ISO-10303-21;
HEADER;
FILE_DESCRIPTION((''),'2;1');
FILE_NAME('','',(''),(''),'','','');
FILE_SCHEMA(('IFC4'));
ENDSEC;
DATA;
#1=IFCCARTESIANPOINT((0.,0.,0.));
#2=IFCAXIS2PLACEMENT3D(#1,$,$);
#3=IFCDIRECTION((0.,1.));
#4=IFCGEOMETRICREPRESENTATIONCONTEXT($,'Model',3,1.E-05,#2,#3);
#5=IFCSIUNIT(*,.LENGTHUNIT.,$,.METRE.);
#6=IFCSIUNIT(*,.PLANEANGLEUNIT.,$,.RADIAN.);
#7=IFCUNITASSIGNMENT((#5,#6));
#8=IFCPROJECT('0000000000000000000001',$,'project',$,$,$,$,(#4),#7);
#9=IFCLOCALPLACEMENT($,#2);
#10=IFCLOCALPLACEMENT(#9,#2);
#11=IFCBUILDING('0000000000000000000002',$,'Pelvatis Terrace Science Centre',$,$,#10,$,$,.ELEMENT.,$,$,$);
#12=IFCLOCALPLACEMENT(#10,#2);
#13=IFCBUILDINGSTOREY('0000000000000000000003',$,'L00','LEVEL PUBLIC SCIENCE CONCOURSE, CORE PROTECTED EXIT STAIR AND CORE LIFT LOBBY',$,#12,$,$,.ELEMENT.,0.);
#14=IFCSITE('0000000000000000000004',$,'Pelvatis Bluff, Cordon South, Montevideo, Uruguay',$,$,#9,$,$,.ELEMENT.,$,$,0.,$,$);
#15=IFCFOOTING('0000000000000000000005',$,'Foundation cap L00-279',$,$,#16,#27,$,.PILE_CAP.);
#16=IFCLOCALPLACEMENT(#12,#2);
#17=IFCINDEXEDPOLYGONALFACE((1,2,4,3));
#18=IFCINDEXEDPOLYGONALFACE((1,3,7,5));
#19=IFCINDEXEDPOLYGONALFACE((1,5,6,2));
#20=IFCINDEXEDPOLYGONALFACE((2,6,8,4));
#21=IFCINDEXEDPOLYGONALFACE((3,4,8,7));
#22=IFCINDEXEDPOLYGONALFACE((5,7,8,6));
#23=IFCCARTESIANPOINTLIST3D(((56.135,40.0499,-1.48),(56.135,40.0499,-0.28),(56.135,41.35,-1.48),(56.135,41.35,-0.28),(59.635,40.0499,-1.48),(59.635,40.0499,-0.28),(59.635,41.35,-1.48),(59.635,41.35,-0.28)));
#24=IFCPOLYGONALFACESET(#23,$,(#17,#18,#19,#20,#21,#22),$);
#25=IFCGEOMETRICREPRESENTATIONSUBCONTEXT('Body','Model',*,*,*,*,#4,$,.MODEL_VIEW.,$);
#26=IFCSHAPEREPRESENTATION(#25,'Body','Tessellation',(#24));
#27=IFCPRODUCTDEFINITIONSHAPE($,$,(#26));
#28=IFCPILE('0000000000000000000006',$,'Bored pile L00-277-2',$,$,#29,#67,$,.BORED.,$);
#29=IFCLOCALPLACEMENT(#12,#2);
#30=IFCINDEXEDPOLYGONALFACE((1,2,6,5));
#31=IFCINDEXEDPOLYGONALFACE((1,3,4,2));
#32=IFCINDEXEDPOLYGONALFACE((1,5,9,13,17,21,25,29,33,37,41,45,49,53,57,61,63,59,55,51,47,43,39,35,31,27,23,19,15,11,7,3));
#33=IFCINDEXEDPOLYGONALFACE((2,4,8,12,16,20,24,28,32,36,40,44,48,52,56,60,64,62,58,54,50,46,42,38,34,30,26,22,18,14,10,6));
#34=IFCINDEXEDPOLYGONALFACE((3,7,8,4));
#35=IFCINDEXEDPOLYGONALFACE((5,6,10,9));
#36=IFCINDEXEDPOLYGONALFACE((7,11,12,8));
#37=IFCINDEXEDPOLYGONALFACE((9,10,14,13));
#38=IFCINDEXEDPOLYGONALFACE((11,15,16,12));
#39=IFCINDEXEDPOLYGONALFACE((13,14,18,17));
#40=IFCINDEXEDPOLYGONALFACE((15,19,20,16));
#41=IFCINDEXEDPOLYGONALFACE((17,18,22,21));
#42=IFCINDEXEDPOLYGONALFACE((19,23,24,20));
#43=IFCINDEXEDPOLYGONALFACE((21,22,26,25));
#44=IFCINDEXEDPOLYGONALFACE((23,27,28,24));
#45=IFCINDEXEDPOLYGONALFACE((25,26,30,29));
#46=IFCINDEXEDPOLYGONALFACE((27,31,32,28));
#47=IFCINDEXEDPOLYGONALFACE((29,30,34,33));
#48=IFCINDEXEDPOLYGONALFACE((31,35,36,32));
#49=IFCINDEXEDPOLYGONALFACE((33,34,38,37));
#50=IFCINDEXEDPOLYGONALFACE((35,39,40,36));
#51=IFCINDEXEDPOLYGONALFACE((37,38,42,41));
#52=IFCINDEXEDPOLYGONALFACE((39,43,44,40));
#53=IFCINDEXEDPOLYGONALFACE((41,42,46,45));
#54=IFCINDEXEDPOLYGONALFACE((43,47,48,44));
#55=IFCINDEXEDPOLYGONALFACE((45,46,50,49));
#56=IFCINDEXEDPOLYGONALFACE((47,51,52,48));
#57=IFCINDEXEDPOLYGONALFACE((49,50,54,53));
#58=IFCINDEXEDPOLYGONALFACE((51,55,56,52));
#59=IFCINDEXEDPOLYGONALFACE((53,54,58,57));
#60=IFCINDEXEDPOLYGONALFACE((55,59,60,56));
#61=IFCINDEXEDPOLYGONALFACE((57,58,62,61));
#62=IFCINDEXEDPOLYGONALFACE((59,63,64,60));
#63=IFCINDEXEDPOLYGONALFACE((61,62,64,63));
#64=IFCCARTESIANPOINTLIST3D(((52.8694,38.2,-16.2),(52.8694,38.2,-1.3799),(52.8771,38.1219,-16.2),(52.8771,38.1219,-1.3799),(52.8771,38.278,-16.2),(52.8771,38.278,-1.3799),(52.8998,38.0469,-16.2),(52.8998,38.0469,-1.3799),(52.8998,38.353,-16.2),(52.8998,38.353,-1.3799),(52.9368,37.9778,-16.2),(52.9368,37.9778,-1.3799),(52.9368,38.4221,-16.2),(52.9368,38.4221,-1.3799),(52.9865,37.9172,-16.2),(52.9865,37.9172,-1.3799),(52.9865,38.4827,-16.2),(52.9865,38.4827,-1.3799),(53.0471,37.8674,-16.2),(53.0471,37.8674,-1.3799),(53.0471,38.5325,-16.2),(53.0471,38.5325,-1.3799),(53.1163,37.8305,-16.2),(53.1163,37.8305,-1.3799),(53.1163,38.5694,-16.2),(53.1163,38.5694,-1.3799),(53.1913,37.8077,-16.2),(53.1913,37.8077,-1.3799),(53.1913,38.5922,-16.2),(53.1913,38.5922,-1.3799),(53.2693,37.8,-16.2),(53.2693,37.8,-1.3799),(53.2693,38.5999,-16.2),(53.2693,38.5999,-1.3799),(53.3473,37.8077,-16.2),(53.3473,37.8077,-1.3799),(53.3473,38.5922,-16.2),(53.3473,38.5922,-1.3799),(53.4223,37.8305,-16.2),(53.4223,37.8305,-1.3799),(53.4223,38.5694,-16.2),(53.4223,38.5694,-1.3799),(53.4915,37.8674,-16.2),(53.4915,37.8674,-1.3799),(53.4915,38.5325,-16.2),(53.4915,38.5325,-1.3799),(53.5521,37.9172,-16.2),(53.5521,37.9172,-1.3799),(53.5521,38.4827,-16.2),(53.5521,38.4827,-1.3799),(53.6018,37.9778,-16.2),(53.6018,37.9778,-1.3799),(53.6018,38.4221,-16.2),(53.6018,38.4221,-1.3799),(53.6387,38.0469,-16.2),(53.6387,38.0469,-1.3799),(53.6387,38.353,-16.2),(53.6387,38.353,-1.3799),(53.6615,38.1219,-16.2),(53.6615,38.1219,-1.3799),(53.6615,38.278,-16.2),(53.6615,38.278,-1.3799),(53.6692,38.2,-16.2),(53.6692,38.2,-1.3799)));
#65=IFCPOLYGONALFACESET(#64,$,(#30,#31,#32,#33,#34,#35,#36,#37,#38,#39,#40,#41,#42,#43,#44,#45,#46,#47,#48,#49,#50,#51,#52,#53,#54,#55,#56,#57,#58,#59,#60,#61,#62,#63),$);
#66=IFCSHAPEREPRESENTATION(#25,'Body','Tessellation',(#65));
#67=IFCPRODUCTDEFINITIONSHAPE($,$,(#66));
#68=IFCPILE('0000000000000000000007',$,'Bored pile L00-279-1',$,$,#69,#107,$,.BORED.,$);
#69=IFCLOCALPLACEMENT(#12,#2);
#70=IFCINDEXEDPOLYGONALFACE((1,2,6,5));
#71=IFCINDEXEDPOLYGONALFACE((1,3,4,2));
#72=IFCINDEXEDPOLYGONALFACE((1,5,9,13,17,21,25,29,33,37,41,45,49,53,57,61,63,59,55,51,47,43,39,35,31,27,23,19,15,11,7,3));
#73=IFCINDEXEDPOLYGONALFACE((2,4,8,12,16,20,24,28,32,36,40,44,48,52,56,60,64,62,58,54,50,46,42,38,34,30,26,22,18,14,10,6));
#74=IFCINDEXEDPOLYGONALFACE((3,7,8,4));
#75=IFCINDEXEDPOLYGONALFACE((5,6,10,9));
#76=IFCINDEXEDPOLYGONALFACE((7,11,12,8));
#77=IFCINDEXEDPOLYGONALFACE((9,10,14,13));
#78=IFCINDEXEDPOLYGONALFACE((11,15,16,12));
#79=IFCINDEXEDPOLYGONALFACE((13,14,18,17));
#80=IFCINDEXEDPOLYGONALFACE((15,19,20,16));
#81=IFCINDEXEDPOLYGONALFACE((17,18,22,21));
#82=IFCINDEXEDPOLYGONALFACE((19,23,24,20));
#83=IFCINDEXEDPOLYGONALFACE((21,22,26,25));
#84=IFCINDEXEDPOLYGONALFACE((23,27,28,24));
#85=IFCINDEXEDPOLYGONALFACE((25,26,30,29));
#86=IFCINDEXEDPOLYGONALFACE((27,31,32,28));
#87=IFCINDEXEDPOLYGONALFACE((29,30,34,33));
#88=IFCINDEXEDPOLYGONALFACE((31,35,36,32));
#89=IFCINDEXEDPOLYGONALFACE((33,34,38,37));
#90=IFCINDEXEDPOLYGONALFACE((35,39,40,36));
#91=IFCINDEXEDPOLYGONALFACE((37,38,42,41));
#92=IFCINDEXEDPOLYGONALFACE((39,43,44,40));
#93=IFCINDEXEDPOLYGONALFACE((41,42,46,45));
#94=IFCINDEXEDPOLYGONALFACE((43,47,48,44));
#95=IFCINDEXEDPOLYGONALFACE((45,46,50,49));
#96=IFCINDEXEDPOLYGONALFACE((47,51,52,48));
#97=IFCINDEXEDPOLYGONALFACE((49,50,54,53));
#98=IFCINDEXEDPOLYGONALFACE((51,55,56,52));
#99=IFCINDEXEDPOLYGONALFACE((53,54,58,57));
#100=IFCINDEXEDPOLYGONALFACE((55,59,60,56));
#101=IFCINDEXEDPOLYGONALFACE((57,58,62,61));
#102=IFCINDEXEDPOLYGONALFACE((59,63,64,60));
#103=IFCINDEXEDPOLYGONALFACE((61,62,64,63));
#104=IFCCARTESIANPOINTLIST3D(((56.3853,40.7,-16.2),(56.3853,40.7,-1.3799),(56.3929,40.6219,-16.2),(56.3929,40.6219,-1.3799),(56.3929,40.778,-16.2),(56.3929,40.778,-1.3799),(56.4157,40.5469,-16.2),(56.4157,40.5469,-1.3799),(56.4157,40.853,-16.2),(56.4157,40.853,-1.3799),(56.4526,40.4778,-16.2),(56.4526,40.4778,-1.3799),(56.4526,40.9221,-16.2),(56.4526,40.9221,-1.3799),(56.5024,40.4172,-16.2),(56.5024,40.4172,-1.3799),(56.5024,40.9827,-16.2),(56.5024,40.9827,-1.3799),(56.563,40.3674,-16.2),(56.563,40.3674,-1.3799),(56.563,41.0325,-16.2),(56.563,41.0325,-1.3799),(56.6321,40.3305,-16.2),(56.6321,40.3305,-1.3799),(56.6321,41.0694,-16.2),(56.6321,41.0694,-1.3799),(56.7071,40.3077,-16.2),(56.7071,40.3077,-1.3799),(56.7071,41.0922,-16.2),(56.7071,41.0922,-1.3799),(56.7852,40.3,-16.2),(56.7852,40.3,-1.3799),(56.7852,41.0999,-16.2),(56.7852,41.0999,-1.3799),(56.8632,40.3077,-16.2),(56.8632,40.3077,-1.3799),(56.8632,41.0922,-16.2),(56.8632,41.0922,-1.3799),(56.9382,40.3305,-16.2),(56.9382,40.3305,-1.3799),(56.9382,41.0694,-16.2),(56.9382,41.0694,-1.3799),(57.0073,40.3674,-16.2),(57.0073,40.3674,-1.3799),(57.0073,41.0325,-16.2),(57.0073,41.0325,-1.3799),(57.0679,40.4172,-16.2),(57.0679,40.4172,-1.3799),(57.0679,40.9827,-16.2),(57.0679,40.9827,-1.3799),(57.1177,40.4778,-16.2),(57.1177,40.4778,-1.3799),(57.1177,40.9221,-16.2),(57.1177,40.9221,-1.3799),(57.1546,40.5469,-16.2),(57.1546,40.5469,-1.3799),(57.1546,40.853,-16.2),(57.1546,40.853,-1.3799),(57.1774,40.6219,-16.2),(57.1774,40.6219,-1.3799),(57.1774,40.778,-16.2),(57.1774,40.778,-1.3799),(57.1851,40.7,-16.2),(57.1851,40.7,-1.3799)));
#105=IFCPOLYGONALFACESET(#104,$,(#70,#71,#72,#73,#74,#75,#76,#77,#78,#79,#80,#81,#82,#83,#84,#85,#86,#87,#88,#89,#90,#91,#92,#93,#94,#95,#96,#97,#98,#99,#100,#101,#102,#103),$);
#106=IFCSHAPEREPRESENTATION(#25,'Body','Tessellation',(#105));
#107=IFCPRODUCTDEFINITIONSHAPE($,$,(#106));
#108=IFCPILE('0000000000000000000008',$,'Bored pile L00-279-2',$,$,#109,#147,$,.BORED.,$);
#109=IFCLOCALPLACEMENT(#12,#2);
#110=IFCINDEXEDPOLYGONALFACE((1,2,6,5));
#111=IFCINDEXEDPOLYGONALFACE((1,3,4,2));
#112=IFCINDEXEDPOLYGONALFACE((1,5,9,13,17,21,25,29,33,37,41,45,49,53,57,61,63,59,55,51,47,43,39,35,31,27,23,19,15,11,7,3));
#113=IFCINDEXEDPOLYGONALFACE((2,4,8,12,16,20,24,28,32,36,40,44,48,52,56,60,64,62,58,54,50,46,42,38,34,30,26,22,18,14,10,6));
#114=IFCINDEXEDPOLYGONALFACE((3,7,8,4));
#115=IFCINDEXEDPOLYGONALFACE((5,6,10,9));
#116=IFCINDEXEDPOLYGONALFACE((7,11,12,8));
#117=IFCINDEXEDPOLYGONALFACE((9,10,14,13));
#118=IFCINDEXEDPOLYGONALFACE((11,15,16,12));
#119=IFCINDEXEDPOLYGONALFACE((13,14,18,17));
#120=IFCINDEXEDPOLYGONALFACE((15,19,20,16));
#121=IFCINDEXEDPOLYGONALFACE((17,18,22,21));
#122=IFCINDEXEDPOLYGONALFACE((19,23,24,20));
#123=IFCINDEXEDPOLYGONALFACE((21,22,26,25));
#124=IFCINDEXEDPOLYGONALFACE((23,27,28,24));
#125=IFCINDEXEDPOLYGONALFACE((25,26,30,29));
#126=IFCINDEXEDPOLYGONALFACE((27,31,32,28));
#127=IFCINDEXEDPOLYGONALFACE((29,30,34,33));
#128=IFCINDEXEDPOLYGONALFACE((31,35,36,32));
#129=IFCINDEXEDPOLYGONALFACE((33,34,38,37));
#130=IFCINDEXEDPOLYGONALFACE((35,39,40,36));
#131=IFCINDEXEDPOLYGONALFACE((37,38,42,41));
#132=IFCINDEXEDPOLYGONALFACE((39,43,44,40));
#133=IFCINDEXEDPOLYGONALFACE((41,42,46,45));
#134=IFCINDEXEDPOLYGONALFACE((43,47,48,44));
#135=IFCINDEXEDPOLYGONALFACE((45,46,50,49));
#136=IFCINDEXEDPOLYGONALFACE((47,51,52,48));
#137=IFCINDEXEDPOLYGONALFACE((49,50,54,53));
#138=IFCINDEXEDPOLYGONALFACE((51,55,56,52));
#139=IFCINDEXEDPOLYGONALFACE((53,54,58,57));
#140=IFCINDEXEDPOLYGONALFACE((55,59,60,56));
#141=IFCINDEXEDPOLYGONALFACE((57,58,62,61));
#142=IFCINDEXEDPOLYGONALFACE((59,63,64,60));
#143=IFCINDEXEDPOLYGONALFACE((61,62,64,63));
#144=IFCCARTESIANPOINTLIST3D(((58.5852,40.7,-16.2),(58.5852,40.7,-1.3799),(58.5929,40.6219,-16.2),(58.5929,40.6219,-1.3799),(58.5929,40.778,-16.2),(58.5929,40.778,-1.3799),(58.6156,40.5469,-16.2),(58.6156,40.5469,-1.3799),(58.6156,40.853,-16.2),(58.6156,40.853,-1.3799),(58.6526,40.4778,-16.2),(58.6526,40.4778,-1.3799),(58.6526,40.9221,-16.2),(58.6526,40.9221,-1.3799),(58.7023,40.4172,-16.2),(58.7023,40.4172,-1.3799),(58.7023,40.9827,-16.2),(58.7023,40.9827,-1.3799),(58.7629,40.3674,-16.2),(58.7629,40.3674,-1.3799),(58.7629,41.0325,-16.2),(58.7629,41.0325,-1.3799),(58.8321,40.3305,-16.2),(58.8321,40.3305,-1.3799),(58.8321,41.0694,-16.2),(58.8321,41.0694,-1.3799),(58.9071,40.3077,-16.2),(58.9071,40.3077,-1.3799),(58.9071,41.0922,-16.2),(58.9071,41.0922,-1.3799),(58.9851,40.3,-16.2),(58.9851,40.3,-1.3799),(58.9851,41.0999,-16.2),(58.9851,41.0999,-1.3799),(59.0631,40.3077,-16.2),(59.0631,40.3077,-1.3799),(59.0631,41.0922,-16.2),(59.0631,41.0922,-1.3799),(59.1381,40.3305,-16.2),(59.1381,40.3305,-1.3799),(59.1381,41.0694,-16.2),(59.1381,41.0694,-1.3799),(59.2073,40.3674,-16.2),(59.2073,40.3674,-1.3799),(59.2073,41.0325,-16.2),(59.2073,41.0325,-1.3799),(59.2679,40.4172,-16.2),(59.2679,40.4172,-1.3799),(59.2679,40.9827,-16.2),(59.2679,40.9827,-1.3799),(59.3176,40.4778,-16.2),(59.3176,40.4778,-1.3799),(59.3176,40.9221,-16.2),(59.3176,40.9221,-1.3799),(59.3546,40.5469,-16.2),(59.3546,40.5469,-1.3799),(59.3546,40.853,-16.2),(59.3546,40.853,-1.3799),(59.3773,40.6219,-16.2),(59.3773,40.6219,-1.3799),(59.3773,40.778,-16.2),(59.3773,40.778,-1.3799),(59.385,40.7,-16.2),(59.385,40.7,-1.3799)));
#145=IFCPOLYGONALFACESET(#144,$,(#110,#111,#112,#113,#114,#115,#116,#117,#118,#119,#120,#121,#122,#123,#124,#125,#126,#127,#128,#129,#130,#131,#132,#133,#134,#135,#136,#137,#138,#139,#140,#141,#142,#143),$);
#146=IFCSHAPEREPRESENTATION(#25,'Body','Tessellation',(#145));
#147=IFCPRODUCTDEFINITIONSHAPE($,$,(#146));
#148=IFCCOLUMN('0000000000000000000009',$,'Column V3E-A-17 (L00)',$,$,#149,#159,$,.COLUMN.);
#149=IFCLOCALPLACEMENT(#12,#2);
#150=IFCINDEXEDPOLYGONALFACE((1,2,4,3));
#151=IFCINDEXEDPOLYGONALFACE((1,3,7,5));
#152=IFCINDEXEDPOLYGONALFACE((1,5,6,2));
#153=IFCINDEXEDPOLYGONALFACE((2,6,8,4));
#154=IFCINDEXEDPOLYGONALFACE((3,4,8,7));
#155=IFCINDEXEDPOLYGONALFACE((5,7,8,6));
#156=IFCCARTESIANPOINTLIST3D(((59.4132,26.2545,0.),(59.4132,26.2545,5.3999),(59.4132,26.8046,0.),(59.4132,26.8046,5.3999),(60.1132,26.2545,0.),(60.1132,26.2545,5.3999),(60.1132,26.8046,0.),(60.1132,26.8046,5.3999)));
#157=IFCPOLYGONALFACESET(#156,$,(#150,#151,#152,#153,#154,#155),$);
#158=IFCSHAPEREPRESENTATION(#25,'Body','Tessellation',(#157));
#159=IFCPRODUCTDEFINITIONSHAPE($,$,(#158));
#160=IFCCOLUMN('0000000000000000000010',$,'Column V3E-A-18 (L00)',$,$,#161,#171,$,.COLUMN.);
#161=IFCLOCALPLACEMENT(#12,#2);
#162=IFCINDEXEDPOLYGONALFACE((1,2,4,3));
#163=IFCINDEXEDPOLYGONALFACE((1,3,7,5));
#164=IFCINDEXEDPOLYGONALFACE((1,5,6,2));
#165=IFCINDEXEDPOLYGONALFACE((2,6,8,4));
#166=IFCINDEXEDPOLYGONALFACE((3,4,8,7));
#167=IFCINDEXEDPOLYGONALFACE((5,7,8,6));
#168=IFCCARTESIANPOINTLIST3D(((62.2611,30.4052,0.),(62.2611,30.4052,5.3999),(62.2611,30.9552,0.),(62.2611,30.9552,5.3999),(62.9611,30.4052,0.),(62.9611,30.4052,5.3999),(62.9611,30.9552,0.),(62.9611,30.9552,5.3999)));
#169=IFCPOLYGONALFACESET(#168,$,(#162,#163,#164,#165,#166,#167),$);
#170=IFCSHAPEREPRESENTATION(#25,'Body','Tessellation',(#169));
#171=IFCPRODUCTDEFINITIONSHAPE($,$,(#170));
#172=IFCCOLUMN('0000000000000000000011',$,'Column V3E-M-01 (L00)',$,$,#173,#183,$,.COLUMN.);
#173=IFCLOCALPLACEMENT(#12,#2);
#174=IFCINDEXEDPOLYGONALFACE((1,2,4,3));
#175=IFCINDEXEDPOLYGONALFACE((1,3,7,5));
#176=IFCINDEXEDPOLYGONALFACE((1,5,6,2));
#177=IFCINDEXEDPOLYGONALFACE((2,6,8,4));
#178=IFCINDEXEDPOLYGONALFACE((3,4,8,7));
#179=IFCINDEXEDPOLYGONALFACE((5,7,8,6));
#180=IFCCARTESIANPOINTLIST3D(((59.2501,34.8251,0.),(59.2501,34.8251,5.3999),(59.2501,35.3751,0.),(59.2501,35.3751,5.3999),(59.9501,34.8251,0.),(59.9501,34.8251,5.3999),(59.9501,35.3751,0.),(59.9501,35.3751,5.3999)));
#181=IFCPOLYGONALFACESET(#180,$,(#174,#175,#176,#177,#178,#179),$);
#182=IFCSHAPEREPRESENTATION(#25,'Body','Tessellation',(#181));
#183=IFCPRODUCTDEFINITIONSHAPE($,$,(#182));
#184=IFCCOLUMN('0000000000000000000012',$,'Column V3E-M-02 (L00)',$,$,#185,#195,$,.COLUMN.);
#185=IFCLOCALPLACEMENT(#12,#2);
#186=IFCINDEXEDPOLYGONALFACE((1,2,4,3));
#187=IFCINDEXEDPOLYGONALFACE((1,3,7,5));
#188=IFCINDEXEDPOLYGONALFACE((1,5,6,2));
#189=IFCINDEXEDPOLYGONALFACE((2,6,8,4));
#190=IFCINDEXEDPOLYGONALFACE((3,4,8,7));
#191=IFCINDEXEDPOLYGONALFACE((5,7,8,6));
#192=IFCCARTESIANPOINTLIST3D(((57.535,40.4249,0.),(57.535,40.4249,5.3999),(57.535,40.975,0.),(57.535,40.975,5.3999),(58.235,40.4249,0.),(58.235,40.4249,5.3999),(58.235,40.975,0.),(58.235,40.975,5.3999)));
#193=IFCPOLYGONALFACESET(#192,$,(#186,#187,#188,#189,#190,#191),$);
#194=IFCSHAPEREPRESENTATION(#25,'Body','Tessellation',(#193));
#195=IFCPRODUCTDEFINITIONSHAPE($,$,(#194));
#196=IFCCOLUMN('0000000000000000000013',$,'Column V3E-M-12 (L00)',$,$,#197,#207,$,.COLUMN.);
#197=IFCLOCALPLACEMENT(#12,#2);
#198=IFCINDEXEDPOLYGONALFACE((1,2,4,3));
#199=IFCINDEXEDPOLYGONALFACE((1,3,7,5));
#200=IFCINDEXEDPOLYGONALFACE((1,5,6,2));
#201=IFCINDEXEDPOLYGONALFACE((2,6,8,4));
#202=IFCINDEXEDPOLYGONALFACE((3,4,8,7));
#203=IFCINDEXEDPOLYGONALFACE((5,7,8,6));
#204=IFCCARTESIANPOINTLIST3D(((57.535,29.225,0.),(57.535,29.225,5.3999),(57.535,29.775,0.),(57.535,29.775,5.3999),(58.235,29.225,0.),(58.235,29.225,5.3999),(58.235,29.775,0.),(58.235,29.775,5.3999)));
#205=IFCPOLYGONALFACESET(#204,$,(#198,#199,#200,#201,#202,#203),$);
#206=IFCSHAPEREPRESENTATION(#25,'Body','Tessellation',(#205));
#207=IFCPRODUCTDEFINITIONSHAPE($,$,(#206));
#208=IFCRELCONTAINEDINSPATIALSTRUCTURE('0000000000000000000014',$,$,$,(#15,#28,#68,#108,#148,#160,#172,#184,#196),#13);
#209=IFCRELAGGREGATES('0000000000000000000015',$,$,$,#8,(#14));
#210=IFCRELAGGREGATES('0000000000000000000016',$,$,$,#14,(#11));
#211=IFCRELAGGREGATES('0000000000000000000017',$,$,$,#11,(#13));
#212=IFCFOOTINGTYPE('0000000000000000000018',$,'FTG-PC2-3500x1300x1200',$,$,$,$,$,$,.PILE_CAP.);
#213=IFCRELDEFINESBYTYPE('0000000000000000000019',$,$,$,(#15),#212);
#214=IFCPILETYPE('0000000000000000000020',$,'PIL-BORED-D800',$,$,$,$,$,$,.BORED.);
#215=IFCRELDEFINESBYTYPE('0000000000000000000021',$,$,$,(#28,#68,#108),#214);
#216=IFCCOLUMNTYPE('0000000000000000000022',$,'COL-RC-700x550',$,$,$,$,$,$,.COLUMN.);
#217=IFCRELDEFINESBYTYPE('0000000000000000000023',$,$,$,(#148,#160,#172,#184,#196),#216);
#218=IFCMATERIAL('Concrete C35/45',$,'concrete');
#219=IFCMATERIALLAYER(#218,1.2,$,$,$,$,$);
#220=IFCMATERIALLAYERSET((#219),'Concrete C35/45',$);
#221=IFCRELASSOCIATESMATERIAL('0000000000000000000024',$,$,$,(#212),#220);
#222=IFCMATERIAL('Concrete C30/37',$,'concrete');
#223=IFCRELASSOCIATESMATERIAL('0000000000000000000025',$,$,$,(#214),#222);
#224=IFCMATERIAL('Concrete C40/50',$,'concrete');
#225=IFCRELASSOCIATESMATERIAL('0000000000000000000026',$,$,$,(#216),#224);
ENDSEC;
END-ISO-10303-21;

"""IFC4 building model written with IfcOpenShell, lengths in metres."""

from ifc_helpers import new_model, si_unit, direction, frame, origin, origin_2d, place, context, subcontext, project, spatial, rectangle, circle, extrude, material, layer, layer_set, material_profile, profile_set, type_object, element, save


model = new_model("IFC4")

# Units and contexts
model_context = context("Model", 3, precision=1e-05, world=origin(), true_north=direction((0.0, 1.0)))
body_context = subcontext(model_context, "Body", "Model", "MODEL_VIEW")
ifc_project = project(units=[si_unit("LENGTHUNIT", "METRE"), si_unit("PLANEANGLEUNIT", "RADIAN")], contexts=[model_context])

# Site, building, storey
site_placement = place(None, origin())
site = spatial("IfcSite", under=ifc_project, at=site_placement, Name="Pelvatis Bluff, Cordon South, Montevideo, Uruguay", CompositionType="ELEMENT", RefElevation=0.0)
building_placement = place(site_placement, origin())
building = spatial("IfcBuilding", under=site, at=building_placement, Name="Pelvatis Terrace Science Centre", CompositionType="ELEMENT")
storey_placement = place(building_placement, origin())
storey = spatial("IfcBuildingStorey", under=building, at=storey_placement, Name="L00", Description="LEVEL PUBLIC SCIENCE CONCOURSE, CORE PROTECTED EXIT STAIR AND CORE LIFT LOBBY", CompositionType="ELEMENT", Elevation=0.0)

# Footing
ifc_material_1 = material(Name="Concrete C35/45", Category="concrete")
ifc_layer_1 = layer(ifc_material_1, 1.2)
ifc_layer_set_1 = layer_set([ifc_layer_1], Name="Concrete C35/45")
footing_type = type_object("IfcFootingType", Name="FTG-PC2-3500x1300x1200", PredefinedType="PILE_CAP", material=ifc_layer_set_1)
footing_placement = place(storey_placement, frame((57.885, 40.7, -1.48), z_axis=(0.0, 0.0, 1.0), x_axis=(1.0, 0.0, 0.0)))
element("IfcFooting", 1, at=footing_placement, inside=storey, type_object=footing_type, Name="Foundation cap L00-279", PredefinedType="PILE_CAP", context=body_context, shape_type="SweptSolid", body=[
    extrude(rectangle(XDim=3.5, YDim=1.3, at=origin_2d()), origin(), (0.0, 0.0, 1.0), 1.2),
])

# Piles
ifc_material_2 = material(Name="Concrete C30/37", Category="concrete")
ifc_material_profile_1 = material_profile(ifc_material_2, circle(Radius=0.3999, at=origin_2d()), Name="PILE D800")
ifc_profile_set_1 = profile_set([ifc_material_profile_1], Name="Concrete C30/37")
pile_type = type_object("IfcPileType", Name="PIL-BORED-D800", PredefinedType="BORED", material=ifc_profile_set_1)
for number, where, z_axis, x_axis, name in (
    (2, (53.2693, 38.2, -1.3799), (0.0, 0.0, -1.0), (1.0, 0.0, 0.0), "Bored pile L00-277-2"),
    (3, (56.7852, 40.7, -1.3799), (0.0, 0.0, -1.0), (1.0, 0.0, 0.0), "Bored pile L00-279-1"),
    (4, (58.9851, 40.7, -1.3799), (0.0, 0.0, -1.0), (1.0, 0.0, 0.0), "Bored pile L00-279-2"),
):
    element("IfcPile", number, at=place(storey_placement, frame(where, z_axis=z_axis, x_axis=x_axis)), inside=storey, type_object=pile_type, Name=name, PredefinedType="BORED", context=body_context, shape_type="SweptSolid", body=[
        extrude(circle(Radius=0.3999, at=origin_2d()), origin(), (0.0, 0.0, 1.0), 14.8201),
    ])

# Columns
ifc_material_3 = material(Name="Concrete C40/50", Category="concrete")
ifc_material_profile_2 = material_profile(ifc_material_3, rectangle(XDim=0.7, YDim=0.55, at=origin_2d()), Name="RC-COL 700x550")
ifc_profile_set_2 = profile_set([ifc_material_profile_2], Name="Concrete C40/50")
column_type = type_object("IfcColumnType", Name="COL-RC-700x550", PredefinedType="COLUMN", material=ifc_profile_set_2)
for number, where, z_axis, x_axis, name in (
    (5, (59.7632, 26.5295, 0.0), (0.0, 0.0, 1.0), (1.0, 0.0, 0.0), "Column V3E-A-17 (L00)"),
    (6, (62.6111, 30.6802, 0.0), (0.0, 0.0, 1.0), (1.0, 0.0, 0.0), "Column V3E-A-18 (L00)"),
    (7, (59.6001, 35.1001, 0.0), (0.0, 0.0, 1.0), (1.0, 0.0, 0.0), "Column V3E-M-01 (L00)"),
    (8, (57.885, 40.7, 0.0), (0.0, 0.0, 1.0), (1.0, 0.0, 0.0), "Column V3E-M-02 (L00)"),
    (9, (57.885, 29.5, 0.0), (0.0, 0.0, 1.0), (1.0, 0.0, 0.0), "Column V3E-M-12 (L00)"),
):
    element("IfcColumn", number, at=place(storey_placement, frame(where, z_axis=z_axis, x_axis=x_axis)), inside=storey, type_object=column_type, Name=name, PredefinedType="COLUMN", context=body_context, shape_type="SweptSolid", body=[
        extrude(rectangle(XDim=0.7, YDim=0.55, at=origin_2d()), origin(), (0.0, 0.0, 1.0), 5.3999),
    ])

save(model, "model.ifc")
